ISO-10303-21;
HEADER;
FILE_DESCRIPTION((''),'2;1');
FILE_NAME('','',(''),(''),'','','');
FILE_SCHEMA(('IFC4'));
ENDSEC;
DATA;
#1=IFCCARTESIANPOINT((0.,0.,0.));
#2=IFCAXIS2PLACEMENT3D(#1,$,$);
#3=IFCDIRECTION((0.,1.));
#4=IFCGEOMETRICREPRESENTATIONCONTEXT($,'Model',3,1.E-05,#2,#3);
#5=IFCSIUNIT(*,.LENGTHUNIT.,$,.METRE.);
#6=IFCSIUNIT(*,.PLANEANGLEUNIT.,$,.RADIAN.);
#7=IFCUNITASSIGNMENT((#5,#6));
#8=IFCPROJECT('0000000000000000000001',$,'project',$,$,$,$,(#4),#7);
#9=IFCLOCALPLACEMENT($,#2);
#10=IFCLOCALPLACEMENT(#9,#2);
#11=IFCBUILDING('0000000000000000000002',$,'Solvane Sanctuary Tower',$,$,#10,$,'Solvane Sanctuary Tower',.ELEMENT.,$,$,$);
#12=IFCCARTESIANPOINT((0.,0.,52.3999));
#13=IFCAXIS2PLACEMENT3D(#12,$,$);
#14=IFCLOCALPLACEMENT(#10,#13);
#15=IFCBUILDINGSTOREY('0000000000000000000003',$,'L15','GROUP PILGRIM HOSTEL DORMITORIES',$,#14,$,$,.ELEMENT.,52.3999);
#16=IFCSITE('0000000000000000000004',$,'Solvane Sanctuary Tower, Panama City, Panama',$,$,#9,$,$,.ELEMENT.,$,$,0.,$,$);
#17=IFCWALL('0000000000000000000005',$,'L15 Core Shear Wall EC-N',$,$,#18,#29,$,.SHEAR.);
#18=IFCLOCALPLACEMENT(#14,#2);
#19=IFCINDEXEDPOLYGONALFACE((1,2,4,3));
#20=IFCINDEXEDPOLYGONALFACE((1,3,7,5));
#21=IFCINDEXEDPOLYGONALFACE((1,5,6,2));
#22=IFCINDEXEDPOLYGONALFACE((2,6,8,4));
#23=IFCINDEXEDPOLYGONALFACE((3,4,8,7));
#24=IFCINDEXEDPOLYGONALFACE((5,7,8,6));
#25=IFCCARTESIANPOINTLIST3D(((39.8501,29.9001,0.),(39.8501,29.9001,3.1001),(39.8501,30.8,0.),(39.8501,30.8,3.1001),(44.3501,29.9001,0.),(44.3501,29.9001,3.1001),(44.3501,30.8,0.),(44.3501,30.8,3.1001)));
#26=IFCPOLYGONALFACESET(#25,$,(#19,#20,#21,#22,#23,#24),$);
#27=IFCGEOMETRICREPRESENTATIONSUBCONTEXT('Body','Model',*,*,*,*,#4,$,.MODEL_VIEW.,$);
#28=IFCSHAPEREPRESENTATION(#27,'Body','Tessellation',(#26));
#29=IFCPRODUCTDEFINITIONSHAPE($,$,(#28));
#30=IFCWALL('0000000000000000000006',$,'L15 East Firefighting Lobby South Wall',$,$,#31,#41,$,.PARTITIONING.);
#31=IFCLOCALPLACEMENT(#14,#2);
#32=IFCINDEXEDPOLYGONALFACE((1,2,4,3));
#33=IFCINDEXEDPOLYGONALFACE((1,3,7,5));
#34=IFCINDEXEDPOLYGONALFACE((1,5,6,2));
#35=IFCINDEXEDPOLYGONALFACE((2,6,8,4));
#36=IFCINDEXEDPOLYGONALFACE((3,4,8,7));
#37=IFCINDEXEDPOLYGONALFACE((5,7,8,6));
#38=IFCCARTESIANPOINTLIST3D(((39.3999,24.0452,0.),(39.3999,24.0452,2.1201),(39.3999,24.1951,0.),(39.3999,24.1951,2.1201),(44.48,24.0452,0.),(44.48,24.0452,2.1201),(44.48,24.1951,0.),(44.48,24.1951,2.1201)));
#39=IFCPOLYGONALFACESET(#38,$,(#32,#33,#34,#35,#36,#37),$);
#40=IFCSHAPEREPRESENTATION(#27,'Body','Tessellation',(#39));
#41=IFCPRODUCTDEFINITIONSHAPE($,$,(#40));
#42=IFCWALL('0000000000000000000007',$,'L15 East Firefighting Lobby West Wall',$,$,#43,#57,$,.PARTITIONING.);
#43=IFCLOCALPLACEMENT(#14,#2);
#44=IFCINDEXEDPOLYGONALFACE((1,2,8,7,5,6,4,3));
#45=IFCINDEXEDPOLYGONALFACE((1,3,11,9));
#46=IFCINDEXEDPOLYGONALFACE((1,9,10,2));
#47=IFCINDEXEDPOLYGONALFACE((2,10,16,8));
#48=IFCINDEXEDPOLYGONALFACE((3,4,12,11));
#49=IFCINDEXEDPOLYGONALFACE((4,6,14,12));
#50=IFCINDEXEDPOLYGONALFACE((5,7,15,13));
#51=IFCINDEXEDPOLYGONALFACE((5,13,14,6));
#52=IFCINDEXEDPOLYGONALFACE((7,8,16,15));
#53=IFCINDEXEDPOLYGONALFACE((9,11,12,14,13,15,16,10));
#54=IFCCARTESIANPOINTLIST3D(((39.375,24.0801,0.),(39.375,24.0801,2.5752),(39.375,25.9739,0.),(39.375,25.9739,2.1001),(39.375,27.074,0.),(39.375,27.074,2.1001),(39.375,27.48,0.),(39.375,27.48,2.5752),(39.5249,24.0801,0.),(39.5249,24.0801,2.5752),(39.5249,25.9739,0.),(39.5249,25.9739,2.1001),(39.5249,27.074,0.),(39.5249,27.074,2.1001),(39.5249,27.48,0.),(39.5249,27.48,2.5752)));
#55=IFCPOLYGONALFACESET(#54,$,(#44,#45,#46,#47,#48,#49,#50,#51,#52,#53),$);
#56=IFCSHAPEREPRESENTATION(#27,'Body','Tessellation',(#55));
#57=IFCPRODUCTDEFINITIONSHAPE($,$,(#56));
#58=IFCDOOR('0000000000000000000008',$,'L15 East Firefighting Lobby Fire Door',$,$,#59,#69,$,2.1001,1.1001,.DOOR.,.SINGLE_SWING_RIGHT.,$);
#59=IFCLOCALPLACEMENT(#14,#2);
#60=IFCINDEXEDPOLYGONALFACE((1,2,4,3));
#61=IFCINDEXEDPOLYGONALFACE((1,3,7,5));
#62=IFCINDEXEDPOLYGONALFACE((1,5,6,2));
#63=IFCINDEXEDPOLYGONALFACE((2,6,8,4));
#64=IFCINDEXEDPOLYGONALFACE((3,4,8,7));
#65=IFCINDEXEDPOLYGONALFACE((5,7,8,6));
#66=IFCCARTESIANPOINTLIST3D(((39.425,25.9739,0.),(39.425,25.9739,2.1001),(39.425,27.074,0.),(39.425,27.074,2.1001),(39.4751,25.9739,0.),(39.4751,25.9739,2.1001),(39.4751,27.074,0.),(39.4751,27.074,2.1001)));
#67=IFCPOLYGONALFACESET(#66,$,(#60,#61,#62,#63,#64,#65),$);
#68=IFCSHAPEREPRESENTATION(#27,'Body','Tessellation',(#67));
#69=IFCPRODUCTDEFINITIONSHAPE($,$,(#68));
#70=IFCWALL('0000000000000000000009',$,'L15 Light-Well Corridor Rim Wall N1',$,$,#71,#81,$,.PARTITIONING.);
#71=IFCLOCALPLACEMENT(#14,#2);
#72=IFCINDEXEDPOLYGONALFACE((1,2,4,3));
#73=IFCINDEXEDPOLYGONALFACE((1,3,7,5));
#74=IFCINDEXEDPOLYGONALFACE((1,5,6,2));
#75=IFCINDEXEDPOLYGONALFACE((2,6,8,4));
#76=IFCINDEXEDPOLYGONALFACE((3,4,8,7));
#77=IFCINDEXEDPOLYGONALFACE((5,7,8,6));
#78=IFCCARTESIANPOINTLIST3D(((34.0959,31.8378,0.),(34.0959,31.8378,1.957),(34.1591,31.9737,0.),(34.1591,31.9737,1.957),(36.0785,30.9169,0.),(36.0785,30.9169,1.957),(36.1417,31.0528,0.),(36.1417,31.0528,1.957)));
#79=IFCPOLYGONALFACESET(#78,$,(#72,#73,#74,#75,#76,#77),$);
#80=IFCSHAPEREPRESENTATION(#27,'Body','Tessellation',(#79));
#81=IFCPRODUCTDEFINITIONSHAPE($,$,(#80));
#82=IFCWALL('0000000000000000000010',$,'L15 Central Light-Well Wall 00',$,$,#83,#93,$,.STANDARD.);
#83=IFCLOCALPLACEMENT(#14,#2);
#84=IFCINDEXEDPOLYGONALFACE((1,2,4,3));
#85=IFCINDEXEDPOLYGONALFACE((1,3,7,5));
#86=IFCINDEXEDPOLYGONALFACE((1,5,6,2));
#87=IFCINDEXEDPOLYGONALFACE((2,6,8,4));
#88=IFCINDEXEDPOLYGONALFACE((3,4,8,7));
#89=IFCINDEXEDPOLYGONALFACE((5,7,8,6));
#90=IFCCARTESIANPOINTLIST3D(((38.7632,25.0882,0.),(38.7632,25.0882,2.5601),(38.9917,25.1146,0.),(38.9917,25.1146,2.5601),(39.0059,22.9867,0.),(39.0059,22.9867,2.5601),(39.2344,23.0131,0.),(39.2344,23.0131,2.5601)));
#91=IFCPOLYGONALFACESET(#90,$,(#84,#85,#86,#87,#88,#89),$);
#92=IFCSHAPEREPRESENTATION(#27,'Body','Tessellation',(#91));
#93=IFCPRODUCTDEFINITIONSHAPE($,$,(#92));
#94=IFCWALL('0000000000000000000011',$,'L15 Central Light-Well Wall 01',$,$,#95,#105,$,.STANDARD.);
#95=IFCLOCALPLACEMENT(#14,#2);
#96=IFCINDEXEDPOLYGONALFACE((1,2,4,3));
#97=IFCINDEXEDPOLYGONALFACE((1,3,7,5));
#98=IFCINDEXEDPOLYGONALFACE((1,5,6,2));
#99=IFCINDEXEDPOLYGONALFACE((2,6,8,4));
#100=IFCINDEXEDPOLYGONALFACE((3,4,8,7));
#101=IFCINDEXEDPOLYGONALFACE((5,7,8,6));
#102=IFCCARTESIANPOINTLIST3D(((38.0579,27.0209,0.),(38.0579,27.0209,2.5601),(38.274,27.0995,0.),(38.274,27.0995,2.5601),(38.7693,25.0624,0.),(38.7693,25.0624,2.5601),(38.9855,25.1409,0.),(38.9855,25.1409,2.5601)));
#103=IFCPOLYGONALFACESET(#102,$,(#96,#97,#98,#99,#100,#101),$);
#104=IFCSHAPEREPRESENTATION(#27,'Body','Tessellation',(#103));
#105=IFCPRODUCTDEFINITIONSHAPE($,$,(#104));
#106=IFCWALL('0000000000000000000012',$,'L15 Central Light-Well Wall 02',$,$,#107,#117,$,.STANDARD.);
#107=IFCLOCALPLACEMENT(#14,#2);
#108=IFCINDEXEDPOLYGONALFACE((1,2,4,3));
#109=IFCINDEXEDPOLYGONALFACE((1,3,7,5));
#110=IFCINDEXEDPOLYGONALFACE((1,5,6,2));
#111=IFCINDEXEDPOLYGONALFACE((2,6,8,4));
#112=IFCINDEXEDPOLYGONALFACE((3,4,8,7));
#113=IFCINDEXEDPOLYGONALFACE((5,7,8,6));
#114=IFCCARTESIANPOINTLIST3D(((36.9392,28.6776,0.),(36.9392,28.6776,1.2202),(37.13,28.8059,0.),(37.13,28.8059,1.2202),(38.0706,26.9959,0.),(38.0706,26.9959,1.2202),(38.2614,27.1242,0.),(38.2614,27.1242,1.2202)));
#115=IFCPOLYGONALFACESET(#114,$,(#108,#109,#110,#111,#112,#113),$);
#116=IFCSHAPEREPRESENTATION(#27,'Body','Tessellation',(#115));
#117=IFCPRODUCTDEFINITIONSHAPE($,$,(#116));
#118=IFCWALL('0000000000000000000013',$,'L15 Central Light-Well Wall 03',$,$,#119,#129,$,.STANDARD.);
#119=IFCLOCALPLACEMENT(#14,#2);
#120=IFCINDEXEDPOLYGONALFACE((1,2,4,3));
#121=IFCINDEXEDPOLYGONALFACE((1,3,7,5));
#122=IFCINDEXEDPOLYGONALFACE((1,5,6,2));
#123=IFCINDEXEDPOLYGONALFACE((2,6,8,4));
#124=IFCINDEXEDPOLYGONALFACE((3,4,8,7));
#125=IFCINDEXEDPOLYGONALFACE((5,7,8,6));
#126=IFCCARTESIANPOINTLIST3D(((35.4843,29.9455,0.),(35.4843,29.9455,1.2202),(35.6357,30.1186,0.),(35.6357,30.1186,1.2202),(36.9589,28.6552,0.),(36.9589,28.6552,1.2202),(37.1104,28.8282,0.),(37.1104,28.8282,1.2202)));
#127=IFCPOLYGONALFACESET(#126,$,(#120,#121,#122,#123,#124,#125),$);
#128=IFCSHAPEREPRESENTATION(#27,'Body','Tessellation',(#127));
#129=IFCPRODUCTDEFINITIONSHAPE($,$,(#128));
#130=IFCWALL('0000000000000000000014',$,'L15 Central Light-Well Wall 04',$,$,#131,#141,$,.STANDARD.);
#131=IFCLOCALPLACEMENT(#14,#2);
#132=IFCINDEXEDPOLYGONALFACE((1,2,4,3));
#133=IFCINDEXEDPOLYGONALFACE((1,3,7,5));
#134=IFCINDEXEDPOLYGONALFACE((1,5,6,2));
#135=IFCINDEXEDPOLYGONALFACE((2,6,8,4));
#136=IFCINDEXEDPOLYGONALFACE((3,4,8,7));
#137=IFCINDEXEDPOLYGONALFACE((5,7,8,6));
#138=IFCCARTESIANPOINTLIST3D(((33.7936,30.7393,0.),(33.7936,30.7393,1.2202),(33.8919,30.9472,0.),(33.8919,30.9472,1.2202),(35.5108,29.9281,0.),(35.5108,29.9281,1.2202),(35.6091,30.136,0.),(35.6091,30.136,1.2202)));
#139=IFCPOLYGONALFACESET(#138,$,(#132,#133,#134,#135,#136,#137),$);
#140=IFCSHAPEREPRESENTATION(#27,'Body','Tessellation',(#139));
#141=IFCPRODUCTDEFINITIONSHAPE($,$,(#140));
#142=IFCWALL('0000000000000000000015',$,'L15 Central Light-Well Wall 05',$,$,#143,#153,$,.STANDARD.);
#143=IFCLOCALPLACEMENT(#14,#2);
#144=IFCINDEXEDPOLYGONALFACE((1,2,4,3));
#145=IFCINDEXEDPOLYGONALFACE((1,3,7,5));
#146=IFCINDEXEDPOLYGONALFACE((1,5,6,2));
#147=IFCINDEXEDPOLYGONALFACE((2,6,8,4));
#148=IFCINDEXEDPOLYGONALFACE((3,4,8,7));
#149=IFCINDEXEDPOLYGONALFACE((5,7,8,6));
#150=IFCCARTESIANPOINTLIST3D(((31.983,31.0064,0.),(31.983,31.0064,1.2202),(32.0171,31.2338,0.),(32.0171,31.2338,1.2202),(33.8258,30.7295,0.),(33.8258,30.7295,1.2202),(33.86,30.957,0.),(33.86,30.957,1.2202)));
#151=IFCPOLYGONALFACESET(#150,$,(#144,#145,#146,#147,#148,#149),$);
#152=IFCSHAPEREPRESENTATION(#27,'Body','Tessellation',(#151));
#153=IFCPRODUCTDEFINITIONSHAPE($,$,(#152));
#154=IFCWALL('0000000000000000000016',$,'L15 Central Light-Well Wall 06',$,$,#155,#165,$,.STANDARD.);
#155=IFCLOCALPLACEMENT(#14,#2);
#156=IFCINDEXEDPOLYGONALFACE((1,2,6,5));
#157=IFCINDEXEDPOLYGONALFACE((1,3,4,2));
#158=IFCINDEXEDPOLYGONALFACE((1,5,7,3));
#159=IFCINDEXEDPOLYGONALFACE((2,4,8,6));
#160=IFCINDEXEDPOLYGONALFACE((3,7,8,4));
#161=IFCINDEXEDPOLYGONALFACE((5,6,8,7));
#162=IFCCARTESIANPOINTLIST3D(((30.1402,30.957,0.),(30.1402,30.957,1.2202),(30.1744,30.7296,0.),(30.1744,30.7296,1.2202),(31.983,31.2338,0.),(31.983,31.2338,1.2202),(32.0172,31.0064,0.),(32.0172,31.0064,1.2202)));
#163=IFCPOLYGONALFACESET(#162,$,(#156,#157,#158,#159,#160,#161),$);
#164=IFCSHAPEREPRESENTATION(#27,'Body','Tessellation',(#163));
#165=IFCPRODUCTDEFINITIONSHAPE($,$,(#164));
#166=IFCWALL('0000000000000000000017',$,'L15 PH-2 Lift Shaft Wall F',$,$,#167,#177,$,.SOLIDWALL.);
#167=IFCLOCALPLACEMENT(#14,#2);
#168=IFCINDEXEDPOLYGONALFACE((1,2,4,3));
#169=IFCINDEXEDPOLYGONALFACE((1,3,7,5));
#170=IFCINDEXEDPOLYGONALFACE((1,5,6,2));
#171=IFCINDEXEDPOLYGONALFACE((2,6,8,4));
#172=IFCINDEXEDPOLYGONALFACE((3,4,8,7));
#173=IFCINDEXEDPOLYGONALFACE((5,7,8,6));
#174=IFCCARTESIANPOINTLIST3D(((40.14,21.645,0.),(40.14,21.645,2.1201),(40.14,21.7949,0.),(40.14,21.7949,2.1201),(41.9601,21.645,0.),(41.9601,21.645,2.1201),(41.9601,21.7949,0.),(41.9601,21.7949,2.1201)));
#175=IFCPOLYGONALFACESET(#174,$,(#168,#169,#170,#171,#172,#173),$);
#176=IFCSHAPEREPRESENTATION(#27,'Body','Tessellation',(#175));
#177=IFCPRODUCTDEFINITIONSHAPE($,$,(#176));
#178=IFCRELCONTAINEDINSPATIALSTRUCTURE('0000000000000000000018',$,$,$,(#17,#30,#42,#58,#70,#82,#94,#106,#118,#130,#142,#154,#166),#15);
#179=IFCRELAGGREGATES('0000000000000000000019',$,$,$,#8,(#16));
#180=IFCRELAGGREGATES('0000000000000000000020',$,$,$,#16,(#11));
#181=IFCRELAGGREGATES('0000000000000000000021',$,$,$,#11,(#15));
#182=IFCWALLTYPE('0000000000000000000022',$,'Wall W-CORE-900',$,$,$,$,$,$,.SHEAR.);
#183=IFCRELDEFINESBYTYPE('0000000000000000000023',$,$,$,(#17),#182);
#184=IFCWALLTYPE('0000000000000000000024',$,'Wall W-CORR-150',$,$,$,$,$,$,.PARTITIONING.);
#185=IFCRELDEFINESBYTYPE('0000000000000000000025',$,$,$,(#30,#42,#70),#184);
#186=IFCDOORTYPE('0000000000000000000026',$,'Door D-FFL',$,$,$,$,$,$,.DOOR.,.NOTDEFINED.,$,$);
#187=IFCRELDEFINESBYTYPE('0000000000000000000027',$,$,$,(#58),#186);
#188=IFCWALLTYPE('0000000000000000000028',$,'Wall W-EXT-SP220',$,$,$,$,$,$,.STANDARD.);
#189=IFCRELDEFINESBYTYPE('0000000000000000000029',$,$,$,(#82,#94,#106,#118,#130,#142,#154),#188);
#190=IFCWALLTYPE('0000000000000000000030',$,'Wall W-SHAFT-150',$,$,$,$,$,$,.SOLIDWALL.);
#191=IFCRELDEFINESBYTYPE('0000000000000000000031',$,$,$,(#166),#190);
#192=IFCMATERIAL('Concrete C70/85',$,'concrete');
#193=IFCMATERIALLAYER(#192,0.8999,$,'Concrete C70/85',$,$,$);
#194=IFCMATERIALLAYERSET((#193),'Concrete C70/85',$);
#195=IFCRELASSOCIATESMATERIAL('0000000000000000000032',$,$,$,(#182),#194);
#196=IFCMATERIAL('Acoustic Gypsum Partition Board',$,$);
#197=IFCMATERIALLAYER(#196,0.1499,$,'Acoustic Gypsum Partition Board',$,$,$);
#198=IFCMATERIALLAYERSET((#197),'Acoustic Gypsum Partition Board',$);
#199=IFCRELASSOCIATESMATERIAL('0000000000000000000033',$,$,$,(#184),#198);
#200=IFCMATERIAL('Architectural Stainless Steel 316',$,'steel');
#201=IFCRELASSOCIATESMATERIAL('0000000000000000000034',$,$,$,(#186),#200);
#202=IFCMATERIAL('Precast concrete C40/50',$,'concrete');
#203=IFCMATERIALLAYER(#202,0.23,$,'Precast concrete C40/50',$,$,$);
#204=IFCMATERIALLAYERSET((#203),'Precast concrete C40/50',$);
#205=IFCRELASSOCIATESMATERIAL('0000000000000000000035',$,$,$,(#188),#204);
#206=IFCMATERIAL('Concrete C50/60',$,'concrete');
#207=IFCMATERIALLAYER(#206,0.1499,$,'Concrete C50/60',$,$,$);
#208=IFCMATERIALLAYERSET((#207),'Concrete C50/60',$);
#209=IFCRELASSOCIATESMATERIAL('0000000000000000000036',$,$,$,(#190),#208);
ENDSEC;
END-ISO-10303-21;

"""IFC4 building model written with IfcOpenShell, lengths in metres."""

from ifc_helpers import new_model, si_unit, direction, frame, frame_2d, origin, place, context, subcontext, project, spatial, rectangle, extrude, material, layer, layer_set, type_object, element, fill, save


model = new_model("IFC4")

# Units and contexts
model_context = context("Model", 3, precision=1e-05, world=origin(), true_north=direction((0.0, 1.0)))
body_context = subcontext(model_context, "Body", "Model", "MODEL_VIEW")
ifc_project = project(units=[si_unit("LENGTHUNIT", "METRE"), si_unit("PLANEANGLEUNIT", "RADIAN")], contexts=[model_context])

# Site, building, storey
site_placement = place(None, origin())
site = spatial("IfcSite", under=ifc_project, at=site_placement, Name="Solvane Sanctuary Tower, Panama City, Panama", CompositionType="ELEMENT", RefElevation=0.0)
building_placement = place(site_placement, origin())
building = spatial("IfcBuilding", under=site, at=building_placement, Name="Solvane Sanctuary Tower", LongName="Solvane Sanctuary Tower", CompositionType="ELEMENT")
storey_placement = place(building_placement, frame((0.0, 0.0, 52.3999)))
storey = spatial("IfcBuildingStorey", under=building, at=storey_placement, Name="L15", Description="GROUP PILGRIM HOSTEL DORMITORIES", CompositionType="ELEMENT", Elevation=52.3999)

# Shared definitions
ifc_material_1 = material(Name="Concrete C70/85", Category="concrete")

# Walls
ifc_layer_1 = layer(ifc_material_1, 0.8999, Name="Concrete C70/85")
ifc_layer_set_1 = layer_set([ifc_layer_1], Name="Concrete C70/85")
wall_type_1 = type_object("IfcWallType", Name="Wall W-CORE-900", PredefinedType="SHEAR", material=ifc_layer_set_1)
wall_1_placement = place(storey_placement, frame((39.8501, 30.3501, 0.0), z_axis=(0.0, 0.0, 1.0), x_axis=(1.0, 0.0, 0.0)))
element("IfcWall", 1, at=wall_1_placement, inside=storey, type_object=wall_type_1, Name="L15 Core Shear Wall EC-N", PredefinedType="SHEAR", context=body_context, shape_type="SweptSolid", body=[
    extrude(rectangle(XDim=4.5, YDim=0.8999, at=frame_2d((2.25, 0.0))), origin(), (0.0, 0.0, 1.0), 3.1001),
])
ifc_material_2 = material(Name="Acoustic Gypsum Partition Board")
ifc_layer_2 = layer(ifc_material_2, 0.1499, Name="Acoustic Gypsum Partition Board")
ifc_layer_set_2 = layer_set([ifc_layer_2], Name="Acoustic Gypsum Partition Board")
wall_type_2 = type_object("IfcWallType", Name="Wall W-CORR-150", PredefinedType="PARTITIONING", material=ifc_layer_set_2)
wall_2_placement = place(storey_placement, frame((39.3999, 24.1201, 0.0), z_axis=(0.0, 0.0, 1.0), x_axis=(1.0, 0.0, 0.0)))
element("IfcWall", 2, at=wall_2_placement, inside=storey, type_object=wall_type_2, Name="L15 East Firefighting Lobby South Wall", PredefinedType="PARTITIONING", context=body_context, shape_type="SweptSolid", body=[
    extrude(rectangle(XDim=5.0801, YDim=0.1499, at=frame_2d((2.54, 0.0))), origin(), (0.0, 0.0, 1.0), 2.1201),
])

# Wall, opening, door
wall_3_placement = place(storey_placement, frame((39.45, 24.0801, 0.0), z_axis=(0.0, 0.0, 1.0), x_axis=(0.0, 1.0, 0.0)))
wall_3 = element("IfcWall", 3, at=wall_3_placement, inside=storey, type_object=wall_type_2, Name="L15 East Firefighting Lobby West Wall", PredefinedType="PARTITIONING", context=body_context, shape_type="SweptSolid", body=[
    extrude(rectangle(XDim=3.3999, YDim=0.1499, at=frame_2d((1.7, 0.0))), origin(), (0.0, 0.0, 1.0), 2.5752),
])
opening_placement = place(wall_3_placement, frame((1.8938, 0.0, 0.0)))
opening = element("IfcOpeningElement", 4, at=opening_placement, cuts=wall_3, PredefinedType="OPENING", context=body_context, shape_type="SweptSolid", body=[
    extrude(rectangle(XDim=1.1001, YDim=2.1001, at=frame_2d((0.55, 1.05))), frame((0.0, 0.085, 0.0), z_axis=(0.0, -1.0, 0.0), x_axis=(1.0, 0.0, 0.0)), (0.0, 0.0, 1.0), 0.1699),
])
ifc_material_3 = material(Name="Architectural Stainless Steel 316", Category="steel")
door_type = type_object("IfcDoorType", Name="Door D-FFL", OperationType="NOTDEFINED", PredefinedType="DOOR", material=ifc_material_3)
door_placement = place(opening_placement, origin())
door = element("IfcDoor", 5, at=door_placement, inside=storey, type_object=door_type, Name="L15 East Firefighting Lobby Fire Door", OperationType="SINGLE_SWING_RIGHT", OverallHeight=2.1001, OverallWidth=1.1001, PredefinedType="DOOR", context=body_context, shape_type="SweptSolid", body=[
    extrude(rectangle(XDim=1.1001, YDim=2.1001, at=frame_2d((0.55, 1.05))), frame((0.0, 0.0249, 0.0), z_axis=(0.0, -1.0, 0.0), x_axis=(1.0, 0.0, 0.0)), (0.0, 0.0, 1.0), 0.05),
])
fill(opening, door)

# Walls
wall_4_placement = place(storey_placement, frame((36.1101, 30.9849, 0.0), z_axis=(0.0, 0.0, 1.0), x_axis=(-0.906943, 0.421252, 0.0)))
element("IfcWall", 6, at=wall_4_placement, inside=storey, type_object=wall_type_2, Name="L15 Light-Well Corridor Rim Wall N1", PredefinedType="PARTITIONING", context=body_context, shape_type="SweptSolid", body=[
    extrude(rectangle(XDim=2.186, YDim=0.1499, at=frame_2d((1.093, 0.0))), origin(), (0.0, 0.0, 1.0), 1.957),
])
ifc_material_4 = material(Name="Precast concrete C40/50", Category="concrete")
ifc_layer_3 = layer(ifc_material_4, 0.23, Name="Precast concrete C40/50")
ifc_layer_set_3 = layer_set([ifc_layer_3], Name="Precast concrete C40/50")
wall_type_3 = type_object("IfcWallType", Name="Wall W-EXT-SP220", PredefinedType="STANDARD", material=ifc_layer_set_3)
wall_5_placement = place(storey_placement, frame((39.1201, 23.0, 0.0), z_axis=(0.0, 0.0, 1.0), x_axis=(-0.114712, 0.993399, 0.0)))
element("IfcWall", 7, at=wall_5_placement, inside=storey, type_object=wall_type_3, Name="L15 Central Light-Well Wall 00", PredefinedType="STANDARD", context=body_context, shape_type="SweptSolid", body=[
    extrude(rectangle(XDim=2.1155, YDim=0.23, at=frame_2d((1.0576, 0.0))), origin(), (0.0, 0.0, 1.0), 2.5601),
])
wall_6_placement = place(storey_placement, frame((38.8774, 25.1016, 0.0), z_axis=(0.0, 0.0, 1.0), x_axis=(-0.341423, 0.93991, 0.0)))
element("IfcWall", 8, at=wall_6_placement, inside=storey, type_object=wall_type_3, Name="L15 Central Light-Well Wall 01", PredefinedType="STANDARD", context=body_context, shape_type="SweptSolid", body=[
    extrude(rectangle(XDim=2.0837, YDim=0.23, at=frame_2d((1.042, 0.0))), origin(), (0.0, 0.0, 1.0), 2.5601),
])
wall_7_placement = place(storey_placement, frame((38.166, 27.0601, 0.0), z_axis=(0.0, 0.0, 1.0), x_axis=(-0.558198, 0.829708, 0.0)))
element("IfcWall", 9, at=wall_7_placement, inside=storey, type_object=wall_type_3, Name="L15 Central Light-Well Wall 02", PredefinedType="STANDARD", context=body_context, shape_type="SweptSolid", body=[
    extrude(rectangle(XDim=2.0269, YDim=0.23, at=frame_2d((1.0134, 0.0))), origin(), (0.0, 0.0, 1.0), 1.2202),
])
wall_8_placement = place(storey_placement, frame((37.0347, 28.7417, 0.0), z_axis=(0.0, 0.0, 1.0), x_axis=(-0.752577, 0.658505, 0.0)))
element("IfcWall", 10, at=wall_8_placement, inside=storey, type_object=wall_type_3, Name="L15 Central Light-Well Wall 03", PredefinedType="STANDARD", context=body_context, shape_type="SweptSolid", body=[
    extrude(rectangle(XDim=1.9595, YDim=0.23, at=frame_2d((0.9797, 0.0))), origin(), (0.0, 0.0, 1.0), 1.2202),
])
wall_9_placement = place(storey_placement, frame((35.5601, 30.032, 0.0), z_axis=(0.0, 0.0, 1.0), x_axis=(-0.90418, 0.427152, 0.0)))
element("IfcWall", 11, at=wall_9_placement, inside=storey, type_object=wall_type_3, Name="L15 Central Light-Well Wall 04", PredefinedType="STANDARD", context=body_context, shape_type="SweptSolid", body=[
    extrude(rectangle(XDim=1.8992, YDim=0.23, at=frame_2d((0.9497, 0.0))), origin(), (0.0, 0.0, 1.0), 1.2202),
])
for number, where, z_axis, x_axis, name in (
    (12, (33.8428, 30.8433, 0.0), (0.0, 0.0, 1.0), (-0.988902, 0.148571, 0.0), "L15 Central Light-Well Wall 05"),
    (13, (32.0, 31.1201, 0.0), (0.0, 0.0, 1.0), (-0.988902, -0.148571, 0.0), "L15 Central Light-Well Wall 06"),
):
    element("IfcWall", number, at=place(storey_placement, frame(where, z_axis=z_axis, x_axis=x_axis)), inside=storey, type_object=wall_type_3, Name=name, PredefinedType="STANDARD", context=body_context, shape_type="SweptSolid", body=[
        extrude(rectangle(XDim=1.8635, YDim=0.23, at=frame_2d((0.9316, 0.0))), origin(), (0.0, 0.0, 1.0), 1.2202),
    ])
ifc_material_5 = material(Name="Concrete C50/60", Category="concrete")
ifc_layer_4 = layer(ifc_material_5, 0.1499, Name="Concrete C50/60")
ifc_layer_set_4 = layer_set([ifc_layer_4], Name="Concrete C50/60")
wall_type_4 = type_object("IfcWallType", Name="Wall W-SHAFT-150", PredefinedType="SOLIDWALL", material=ifc_layer_set_4)
wall_10_placement = place(storey_placement, frame((40.1399, 21.72, 0.0), z_axis=(0.0, 0.0, 1.0), x_axis=(1.0, 0.0, 0.0)))
element("IfcWall", 14, at=wall_10_placement, inside=storey, type_object=wall_type_4, Name="L15 PH-2 Lift Shaft Wall F", PredefinedType="SOLIDWALL", context=body_context, shape_type="SweptSolid", body=[
    extrude(rectangle(XDim=1.8201, YDim=0.1499, at=frame_2d((0.9102, 0.0))), origin(), (0.0, 0.0, 1.0), 2.1201),
])

save(model, "model.ifc")
